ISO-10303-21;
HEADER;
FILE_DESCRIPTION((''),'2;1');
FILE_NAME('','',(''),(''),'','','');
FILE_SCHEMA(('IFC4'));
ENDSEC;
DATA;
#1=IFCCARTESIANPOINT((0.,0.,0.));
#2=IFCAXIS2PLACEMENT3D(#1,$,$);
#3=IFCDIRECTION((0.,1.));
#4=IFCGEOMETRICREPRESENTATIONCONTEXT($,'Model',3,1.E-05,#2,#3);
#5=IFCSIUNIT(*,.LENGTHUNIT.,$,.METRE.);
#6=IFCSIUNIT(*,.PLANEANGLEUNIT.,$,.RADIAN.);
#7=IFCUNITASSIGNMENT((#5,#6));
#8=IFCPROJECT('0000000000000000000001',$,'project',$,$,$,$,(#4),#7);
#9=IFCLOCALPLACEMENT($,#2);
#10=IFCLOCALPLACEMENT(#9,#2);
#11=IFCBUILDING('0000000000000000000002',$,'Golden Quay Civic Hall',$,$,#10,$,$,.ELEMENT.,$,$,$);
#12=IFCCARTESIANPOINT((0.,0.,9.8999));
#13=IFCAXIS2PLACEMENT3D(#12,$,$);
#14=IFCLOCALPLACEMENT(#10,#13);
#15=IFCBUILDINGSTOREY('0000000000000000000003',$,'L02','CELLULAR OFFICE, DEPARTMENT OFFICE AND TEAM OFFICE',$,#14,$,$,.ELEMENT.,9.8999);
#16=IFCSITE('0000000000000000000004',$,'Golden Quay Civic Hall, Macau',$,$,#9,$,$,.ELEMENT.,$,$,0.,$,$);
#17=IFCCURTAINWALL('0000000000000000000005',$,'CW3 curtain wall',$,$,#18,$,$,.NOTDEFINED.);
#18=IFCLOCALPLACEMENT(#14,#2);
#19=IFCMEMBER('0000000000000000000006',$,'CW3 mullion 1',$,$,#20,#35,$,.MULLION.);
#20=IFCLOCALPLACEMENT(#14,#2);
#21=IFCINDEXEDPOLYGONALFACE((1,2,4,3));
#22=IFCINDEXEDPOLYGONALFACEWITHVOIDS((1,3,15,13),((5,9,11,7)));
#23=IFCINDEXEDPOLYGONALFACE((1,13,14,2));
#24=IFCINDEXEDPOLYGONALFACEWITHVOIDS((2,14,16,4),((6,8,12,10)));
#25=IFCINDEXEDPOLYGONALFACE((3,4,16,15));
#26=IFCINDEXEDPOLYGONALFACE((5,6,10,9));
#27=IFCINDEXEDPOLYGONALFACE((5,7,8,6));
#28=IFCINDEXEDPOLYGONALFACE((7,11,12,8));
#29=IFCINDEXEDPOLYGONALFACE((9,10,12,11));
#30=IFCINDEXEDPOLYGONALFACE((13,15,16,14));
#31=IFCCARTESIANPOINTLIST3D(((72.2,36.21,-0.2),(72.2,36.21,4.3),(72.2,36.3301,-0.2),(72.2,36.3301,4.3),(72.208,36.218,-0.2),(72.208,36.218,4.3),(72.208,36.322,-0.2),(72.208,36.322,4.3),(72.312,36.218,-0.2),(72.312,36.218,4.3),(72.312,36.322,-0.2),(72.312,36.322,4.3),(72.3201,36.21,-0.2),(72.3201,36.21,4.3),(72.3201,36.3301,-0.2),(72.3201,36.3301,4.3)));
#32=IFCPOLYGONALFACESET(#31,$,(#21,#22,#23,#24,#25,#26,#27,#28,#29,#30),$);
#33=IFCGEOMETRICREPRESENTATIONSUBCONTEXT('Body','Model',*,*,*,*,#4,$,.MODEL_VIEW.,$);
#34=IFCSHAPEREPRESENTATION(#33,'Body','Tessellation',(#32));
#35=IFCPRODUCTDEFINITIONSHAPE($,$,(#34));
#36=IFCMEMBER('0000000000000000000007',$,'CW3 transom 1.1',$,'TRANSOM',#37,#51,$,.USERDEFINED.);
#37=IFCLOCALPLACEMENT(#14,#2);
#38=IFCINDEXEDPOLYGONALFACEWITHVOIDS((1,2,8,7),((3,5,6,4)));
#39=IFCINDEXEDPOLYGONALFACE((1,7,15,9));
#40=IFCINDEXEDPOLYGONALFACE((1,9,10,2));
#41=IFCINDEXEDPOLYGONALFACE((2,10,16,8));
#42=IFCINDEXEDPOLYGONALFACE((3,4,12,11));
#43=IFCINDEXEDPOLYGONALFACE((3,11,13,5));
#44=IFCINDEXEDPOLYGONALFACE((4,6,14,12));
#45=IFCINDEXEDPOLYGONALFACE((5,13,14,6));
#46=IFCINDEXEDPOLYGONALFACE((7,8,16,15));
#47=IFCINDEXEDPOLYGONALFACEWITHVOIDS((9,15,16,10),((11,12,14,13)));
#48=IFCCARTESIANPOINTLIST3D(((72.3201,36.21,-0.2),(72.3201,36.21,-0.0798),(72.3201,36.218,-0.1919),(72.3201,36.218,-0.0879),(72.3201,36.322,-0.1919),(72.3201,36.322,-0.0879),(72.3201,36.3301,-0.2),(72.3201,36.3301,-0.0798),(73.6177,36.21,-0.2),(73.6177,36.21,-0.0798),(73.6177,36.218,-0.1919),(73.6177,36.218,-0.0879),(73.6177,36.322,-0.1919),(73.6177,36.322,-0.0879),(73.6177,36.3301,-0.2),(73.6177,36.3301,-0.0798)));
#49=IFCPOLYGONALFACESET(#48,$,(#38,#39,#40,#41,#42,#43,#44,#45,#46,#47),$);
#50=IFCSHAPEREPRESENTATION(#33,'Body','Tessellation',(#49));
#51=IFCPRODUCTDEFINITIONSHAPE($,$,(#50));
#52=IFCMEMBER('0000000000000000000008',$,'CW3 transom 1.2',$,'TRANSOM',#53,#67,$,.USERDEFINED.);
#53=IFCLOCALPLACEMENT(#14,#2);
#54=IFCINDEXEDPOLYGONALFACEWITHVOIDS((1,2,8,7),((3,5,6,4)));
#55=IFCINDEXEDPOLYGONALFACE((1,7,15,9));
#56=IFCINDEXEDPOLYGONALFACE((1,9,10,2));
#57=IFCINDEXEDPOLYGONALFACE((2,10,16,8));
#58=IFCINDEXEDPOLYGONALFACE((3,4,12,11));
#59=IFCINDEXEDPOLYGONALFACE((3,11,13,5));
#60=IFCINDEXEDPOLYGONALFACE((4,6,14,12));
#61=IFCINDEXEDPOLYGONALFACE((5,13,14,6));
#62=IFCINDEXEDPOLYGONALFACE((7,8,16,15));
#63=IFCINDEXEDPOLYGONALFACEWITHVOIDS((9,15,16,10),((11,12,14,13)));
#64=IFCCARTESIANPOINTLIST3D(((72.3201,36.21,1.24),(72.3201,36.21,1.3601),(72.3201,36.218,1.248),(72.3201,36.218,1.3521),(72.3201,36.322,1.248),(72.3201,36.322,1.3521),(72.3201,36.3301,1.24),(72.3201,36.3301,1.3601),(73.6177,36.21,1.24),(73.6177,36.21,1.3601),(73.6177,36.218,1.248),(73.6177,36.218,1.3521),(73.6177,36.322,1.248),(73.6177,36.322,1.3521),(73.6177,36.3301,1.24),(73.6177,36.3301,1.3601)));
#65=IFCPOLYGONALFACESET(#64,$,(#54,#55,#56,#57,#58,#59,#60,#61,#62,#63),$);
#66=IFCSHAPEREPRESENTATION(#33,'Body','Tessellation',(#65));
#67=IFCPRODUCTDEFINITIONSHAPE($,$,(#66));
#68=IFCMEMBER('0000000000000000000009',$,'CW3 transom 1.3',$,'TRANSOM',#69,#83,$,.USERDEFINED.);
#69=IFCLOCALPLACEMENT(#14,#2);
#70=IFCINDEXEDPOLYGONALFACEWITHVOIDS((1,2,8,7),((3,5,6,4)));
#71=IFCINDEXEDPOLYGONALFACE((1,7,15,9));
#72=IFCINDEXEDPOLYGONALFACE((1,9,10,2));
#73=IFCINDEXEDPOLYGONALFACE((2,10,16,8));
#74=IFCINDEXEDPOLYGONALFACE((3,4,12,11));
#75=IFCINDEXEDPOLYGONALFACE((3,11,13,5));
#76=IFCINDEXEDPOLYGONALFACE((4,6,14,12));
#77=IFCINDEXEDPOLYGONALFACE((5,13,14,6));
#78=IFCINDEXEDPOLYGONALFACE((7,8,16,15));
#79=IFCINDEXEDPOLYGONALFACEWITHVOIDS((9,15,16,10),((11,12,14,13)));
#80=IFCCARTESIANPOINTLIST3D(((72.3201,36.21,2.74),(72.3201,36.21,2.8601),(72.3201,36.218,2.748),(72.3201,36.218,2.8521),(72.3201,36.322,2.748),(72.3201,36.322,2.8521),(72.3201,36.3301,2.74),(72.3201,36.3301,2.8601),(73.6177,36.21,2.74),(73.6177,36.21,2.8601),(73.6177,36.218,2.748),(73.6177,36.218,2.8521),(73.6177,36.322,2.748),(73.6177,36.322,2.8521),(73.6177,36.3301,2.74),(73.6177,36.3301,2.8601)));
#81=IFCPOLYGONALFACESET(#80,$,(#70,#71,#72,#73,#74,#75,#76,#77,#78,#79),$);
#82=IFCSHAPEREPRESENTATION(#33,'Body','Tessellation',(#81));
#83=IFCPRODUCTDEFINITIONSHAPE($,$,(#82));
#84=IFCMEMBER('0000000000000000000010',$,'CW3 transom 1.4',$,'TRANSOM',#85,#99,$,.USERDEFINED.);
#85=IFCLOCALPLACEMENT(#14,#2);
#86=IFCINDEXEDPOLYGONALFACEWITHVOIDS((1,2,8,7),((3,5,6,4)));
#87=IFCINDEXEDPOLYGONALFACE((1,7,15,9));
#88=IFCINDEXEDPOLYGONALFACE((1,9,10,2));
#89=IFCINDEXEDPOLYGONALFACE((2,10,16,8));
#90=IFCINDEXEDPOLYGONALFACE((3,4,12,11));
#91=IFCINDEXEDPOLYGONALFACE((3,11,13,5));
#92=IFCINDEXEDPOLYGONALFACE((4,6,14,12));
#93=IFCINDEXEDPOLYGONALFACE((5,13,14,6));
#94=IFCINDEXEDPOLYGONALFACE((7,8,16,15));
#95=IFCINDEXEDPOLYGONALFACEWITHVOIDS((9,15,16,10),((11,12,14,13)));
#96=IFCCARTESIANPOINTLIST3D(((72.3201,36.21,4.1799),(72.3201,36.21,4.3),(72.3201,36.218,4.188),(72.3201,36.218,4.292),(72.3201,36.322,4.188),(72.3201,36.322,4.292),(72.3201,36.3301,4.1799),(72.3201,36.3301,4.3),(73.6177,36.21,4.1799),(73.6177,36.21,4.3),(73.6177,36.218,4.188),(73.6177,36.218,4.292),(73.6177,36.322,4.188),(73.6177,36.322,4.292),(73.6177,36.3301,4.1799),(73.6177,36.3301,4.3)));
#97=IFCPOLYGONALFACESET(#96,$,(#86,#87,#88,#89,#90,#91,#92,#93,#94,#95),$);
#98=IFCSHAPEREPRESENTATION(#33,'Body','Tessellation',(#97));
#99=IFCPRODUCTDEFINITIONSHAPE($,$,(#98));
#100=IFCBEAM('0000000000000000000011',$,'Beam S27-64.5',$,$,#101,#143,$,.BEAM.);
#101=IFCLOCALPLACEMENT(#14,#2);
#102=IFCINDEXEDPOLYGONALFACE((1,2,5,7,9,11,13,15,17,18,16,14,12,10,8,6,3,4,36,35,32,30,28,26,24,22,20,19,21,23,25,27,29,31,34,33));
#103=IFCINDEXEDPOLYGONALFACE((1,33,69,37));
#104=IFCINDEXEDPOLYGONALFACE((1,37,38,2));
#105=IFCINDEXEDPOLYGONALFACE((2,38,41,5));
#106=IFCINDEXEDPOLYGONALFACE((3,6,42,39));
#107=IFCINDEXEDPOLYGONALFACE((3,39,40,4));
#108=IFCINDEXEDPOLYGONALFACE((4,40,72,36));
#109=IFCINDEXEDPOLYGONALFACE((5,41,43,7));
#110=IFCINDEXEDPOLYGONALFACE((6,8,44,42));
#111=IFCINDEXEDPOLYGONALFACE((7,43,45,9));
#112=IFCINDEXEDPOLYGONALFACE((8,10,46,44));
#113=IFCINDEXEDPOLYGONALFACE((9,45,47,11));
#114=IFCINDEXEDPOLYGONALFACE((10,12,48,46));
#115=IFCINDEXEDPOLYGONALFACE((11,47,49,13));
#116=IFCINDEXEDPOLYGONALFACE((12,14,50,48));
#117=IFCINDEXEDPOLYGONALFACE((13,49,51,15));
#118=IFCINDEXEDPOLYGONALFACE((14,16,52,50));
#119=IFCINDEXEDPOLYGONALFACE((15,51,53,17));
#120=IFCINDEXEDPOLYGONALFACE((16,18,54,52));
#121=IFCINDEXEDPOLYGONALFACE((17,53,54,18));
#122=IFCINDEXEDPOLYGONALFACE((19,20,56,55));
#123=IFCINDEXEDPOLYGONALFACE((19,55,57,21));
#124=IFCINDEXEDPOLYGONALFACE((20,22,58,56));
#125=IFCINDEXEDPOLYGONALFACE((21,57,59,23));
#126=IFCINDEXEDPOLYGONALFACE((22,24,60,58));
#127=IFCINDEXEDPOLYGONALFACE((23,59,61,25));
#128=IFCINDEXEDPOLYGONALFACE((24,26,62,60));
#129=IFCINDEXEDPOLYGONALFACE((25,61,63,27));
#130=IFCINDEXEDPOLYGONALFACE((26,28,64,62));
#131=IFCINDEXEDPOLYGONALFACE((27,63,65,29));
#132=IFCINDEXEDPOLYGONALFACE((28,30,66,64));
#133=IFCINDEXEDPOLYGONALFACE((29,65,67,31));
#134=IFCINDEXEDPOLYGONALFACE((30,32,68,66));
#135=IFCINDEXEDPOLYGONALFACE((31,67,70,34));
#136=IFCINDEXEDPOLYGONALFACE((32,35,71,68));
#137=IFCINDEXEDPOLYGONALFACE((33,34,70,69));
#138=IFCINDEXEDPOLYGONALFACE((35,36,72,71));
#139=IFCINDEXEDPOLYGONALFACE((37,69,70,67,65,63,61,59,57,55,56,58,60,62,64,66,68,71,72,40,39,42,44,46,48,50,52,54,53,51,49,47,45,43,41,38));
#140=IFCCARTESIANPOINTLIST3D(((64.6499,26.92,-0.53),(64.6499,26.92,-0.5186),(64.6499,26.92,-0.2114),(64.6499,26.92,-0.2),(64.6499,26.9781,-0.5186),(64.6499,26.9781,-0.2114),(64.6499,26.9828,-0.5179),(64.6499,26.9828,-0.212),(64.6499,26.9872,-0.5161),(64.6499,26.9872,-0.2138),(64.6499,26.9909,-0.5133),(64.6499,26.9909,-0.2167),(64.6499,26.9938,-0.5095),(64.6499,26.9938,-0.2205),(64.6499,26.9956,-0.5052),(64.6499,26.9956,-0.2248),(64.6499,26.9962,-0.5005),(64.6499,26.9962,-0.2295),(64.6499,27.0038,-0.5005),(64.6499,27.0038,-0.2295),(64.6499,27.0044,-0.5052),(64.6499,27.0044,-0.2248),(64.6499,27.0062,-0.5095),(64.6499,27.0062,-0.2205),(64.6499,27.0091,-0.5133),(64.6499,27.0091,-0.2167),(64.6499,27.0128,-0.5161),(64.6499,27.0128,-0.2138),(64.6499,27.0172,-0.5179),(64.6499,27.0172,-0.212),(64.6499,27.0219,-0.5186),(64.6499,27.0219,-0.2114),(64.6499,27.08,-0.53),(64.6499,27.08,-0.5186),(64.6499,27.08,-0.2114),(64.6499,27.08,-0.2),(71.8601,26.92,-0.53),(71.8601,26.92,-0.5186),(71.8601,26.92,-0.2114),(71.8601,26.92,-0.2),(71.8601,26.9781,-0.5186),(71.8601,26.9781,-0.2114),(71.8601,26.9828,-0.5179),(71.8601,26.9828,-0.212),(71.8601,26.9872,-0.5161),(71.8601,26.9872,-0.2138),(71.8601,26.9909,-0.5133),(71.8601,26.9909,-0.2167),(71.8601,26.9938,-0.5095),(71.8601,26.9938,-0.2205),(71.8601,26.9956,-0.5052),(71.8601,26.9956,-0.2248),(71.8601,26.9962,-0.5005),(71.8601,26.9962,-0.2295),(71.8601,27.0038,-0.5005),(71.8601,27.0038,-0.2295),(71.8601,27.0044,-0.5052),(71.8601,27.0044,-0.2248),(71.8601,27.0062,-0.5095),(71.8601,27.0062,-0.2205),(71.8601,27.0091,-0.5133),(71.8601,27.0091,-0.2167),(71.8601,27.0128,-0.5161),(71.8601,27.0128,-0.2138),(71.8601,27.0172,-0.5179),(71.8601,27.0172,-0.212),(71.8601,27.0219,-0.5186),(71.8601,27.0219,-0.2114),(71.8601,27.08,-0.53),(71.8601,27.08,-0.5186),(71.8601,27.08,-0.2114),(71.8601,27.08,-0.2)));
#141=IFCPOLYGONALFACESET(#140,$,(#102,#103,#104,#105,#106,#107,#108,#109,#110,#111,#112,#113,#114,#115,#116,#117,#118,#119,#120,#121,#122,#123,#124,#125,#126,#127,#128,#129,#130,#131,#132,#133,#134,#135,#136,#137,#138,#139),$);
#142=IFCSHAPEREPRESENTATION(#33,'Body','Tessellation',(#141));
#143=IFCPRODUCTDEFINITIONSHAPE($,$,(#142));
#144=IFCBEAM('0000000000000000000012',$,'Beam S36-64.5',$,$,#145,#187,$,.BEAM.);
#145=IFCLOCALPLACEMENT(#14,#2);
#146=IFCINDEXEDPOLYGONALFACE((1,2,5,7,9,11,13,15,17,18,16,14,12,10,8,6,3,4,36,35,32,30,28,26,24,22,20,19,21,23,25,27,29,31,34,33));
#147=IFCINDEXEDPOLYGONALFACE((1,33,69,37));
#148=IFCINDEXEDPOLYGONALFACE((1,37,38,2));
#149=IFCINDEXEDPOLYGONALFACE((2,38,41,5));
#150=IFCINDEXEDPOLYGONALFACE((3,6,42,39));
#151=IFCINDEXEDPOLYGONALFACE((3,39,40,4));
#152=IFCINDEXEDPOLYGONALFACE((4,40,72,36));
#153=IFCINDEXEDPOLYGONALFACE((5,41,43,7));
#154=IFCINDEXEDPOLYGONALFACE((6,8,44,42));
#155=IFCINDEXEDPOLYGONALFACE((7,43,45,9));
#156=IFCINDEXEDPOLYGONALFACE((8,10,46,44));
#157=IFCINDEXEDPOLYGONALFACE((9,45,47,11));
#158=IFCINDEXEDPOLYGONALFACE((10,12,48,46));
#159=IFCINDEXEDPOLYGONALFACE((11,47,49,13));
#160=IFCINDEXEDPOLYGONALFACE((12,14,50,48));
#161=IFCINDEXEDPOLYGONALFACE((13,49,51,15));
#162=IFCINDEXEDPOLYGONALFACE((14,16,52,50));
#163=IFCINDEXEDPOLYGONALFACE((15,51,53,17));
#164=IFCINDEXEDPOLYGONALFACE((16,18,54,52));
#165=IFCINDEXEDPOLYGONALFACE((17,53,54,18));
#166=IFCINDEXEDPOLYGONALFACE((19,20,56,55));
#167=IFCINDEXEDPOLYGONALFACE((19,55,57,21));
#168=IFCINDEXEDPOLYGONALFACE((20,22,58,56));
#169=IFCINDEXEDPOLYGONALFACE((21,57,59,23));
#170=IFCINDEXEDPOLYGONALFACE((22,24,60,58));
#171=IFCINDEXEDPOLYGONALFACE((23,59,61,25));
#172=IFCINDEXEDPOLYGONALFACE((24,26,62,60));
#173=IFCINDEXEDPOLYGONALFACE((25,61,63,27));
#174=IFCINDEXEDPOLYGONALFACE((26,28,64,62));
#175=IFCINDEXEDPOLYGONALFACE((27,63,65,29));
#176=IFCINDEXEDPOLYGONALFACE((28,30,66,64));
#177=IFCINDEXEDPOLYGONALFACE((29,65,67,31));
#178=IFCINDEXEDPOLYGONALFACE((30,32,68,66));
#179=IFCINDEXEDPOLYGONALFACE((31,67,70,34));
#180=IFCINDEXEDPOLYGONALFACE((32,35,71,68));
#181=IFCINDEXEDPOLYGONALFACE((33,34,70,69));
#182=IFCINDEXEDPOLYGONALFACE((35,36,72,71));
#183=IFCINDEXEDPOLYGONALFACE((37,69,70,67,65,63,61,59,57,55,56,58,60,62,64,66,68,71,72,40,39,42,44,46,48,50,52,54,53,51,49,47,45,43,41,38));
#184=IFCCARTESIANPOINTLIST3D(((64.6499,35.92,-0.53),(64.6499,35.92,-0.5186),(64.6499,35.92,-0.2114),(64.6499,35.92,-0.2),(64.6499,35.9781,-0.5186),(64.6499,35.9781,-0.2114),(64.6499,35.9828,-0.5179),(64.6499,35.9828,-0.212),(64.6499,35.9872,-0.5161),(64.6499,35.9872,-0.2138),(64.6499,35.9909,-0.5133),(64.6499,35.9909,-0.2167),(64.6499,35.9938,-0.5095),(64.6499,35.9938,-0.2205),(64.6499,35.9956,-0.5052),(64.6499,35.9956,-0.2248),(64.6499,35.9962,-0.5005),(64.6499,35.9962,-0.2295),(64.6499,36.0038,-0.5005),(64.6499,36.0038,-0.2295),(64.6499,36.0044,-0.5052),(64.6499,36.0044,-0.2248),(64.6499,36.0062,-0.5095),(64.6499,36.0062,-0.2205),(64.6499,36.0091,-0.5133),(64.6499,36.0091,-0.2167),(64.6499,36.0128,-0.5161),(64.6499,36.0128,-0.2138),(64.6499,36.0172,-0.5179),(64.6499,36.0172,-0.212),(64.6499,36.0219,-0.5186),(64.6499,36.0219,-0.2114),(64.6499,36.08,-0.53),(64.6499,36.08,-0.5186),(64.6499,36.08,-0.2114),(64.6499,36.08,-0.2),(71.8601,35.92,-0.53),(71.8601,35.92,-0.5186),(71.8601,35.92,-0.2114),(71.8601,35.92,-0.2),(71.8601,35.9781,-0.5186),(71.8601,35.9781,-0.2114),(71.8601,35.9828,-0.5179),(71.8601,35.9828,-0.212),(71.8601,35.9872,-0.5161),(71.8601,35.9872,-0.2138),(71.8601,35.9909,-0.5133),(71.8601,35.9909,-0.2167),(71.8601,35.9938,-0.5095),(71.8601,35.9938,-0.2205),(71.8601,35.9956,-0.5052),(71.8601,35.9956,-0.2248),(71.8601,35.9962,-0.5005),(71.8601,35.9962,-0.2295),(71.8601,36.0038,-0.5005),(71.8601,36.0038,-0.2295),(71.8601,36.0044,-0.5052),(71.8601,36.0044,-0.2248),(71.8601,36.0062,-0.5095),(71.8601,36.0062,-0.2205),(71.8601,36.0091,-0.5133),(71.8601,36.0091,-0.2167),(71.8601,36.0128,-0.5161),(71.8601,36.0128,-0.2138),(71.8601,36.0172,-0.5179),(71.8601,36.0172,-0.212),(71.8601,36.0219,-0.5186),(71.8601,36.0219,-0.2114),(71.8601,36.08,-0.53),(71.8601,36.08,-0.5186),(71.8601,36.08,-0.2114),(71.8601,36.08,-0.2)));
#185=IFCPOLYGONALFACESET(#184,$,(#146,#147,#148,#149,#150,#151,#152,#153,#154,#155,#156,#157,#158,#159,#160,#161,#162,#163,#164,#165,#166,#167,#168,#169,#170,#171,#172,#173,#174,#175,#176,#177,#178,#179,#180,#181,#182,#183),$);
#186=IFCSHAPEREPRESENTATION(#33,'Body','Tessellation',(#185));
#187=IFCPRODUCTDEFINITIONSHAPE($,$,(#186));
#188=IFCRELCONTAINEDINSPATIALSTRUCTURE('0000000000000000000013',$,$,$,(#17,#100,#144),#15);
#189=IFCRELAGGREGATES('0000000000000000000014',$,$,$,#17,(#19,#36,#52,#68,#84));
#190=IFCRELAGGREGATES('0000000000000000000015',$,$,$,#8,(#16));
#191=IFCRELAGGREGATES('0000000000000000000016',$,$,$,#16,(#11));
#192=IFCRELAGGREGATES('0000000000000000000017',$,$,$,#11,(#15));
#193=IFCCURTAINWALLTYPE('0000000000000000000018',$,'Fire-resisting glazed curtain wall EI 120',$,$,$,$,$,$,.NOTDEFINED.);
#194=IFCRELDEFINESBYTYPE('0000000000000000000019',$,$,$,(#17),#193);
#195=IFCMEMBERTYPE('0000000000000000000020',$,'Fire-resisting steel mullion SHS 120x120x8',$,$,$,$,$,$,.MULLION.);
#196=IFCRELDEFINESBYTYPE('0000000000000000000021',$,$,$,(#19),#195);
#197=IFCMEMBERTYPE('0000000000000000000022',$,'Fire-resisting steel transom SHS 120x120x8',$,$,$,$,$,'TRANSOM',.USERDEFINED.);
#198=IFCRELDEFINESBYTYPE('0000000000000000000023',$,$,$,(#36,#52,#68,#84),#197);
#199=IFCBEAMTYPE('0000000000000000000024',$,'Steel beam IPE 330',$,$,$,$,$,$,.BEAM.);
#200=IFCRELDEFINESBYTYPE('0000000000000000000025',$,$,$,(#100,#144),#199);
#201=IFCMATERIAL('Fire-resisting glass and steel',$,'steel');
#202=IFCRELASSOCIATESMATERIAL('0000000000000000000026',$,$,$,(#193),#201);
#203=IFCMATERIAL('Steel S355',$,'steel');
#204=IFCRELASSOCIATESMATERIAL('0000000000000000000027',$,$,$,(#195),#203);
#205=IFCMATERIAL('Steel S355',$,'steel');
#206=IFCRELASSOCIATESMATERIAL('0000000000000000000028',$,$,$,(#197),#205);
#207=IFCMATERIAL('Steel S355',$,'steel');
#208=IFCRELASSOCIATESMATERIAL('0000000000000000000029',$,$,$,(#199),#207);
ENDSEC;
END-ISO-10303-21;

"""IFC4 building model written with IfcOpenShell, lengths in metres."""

from ifc_helpers import new_model, si_unit, direction, frame, origin, origin_2d, place, context, subcontext, project, spatial, hollow_rectangle, i_section, extrude, material, material_profile, profile_set, type_object, element, aggregate, save


model = new_model("IFC4")

# Units and contexts
model_context = context("Model", 3, precision=1e-05, world=origin(), true_north=direction((0.0, 1.0)))
body_context = subcontext(model_context, "Body", "Model", "MODEL_VIEW")
ifc_project = project(units=[si_unit("LENGTHUNIT", "METRE"), si_unit("PLANEANGLEUNIT", "RADIAN")], contexts=[model_context])

# Site, building, storey
site_placement = place(None, origin())
site = spatial("IfcSite", under=ifc_project, at=site_placement, Name="Golden Quay Civic Hall, Macau", CompositionType="ELEMENT", RefElevation=0.0)
building_placement = place(site_placement, origin())
building = spatial("IfcBuilding", under=site, at=building_placement, Name="Golden Quay Civic Hall", CompositionType="ELEMENT")
storey_placement = place(building_placement, frame((0.0, 0.0, 9.8999)))
storey = spatial("IfcBuildingStorey", under=building, at=storey_placement, Name="L02", Description="CELLULAR OFFICE, DEPARTMENT OFFICE AND TEAM OFFICE", CompositionType="ELEMENT", Elevation=9.8999)

# Curtain wall, members
ifc_material_1 = material(Name="Fire-resisting glass and steel", Category="steel")
curtain_wall_type = type_object("IfcCurtainWallType", Name="Fire-resisting glazed curtain wall EI 120", PredefinedType="NOTDEFINED", material=ifc_material_1)
curtain_wall_placement = place(storey_placement, origin())
curtain_wall = element("IfcCurtainWall", 1, at=curtain_wall_placement, inside=storey, type_object=curtain_wall_type, Name="CW3 curtain wall", PredefinedType="NOTDEFINED")
ifc_material_2 = material(Name="Steel S355", Category="steel")
ifc_material_profile_1 = material_profile(ifc_material_2, hollow_rectangle(XDim=0.1201, YDim=0.1201, WallThickness=0.0081, at=origin_2d()), Name="SHS 120x120x8")
ifc_profile_set_1 = profile_set([ifc_material_profile_1], Name="Steel S355")
member_type_1 = type_object("IfcMemberType", Name="Fire-resisting steel mullion SHS 120x120x8", PredefinedType="MULLION", material=ifc_profile_set_1)
member_1_placement = place(storey_placement, frame((72.26, 36.27, -0.2), z_axis=(0.0, 0.0, 1.0), x_axis=(0.0, 1.0, 0.0)))
member_1 = element("IfcMember", 2, at=member_1_placement, type_object=member_type_1, Name="CW3 mullion 1", PredefinedType="MULLION", context=body_context, shape_type="SweptSolid", body=[
    extrude(hollow_rectangle(XDim=0.1201, YDim=0.1201, WallThickness=0.0081, at=origin_2d()), origin(), (0.0, 0.0, 1.0), 4.5),
])
ifc_material_3 = material(Name="Steel S355", Category="steel")
ifc_material_profile_2 = material_profile(ifc_material_3, hollow_rectangle(XDim=0.1201, YDim=0.1201, WallThickness=0.0081, at=origin_2d()), Name="SHS 120x120x8")
ifc_profile_set_2 = profile_set([ifc_material_profile_2], Name="Steel S355")
member_type_2 = type_object("IfcMemberType", Name="Fire-resisting steel transom SHS 120x120x8", ElementType="TRANSOM", PredefinedType="USERDEFINED", material=ifc_profile_set_2)
member_2_placement = place(storey_placement, frame((72.3201, 36.27, -0.1399), z_axis=(1.0, 0.0, 0.0), x_axis=(0.0, 1.0, 0.0)))
member_2 = element("IfcMember", 3, at=member_2_placement, type_object=member_type_2, Name="CW3 transom 1.1", ObjectType="TRANSOM", PredefinedType="USERDEFINED", context=body_context, shape_type="SweptSolid", body=[
    extrude(hollow_rectangle(XDim=0.1201, YDim=0.1201, WallThickness=0.0081, at=origin_2d()), origin(), (0.0, 0.0, 1.0), 1.2976),
])
member_3_placement = place(storey_placement, frame((72.3201, 36.27, 1.3), z_axis=(1.0, 0.0, 0.0), x_axis=(0.0, 1.0, 0.0)))
member_3 = element("IfcMember", 4, at=member_3_placement, type_object=member_type_2, Name="CW3 transom 1.2", ObjectType="TRANSOM", PredefinedType="USERDEFINED", context=body_context, shape_type="SweptSolid", body=[
    extrude(hollow_rectangle(XDim=0.1201, YDim=0.1201, WallThickness=0.0081, at=origin_2d()), origin(), (0.0, 0.0, 1.0), 1.2976),
])
member_4_placement = place(storey_placement, frame((72.3201, 36.27, 2.8), z_axis=(1.0, 0.0, 0.0), x_axis=(0.0, 1.0, 0.0)))
member_4 = element("IfcMember", 5, at=member_4_placement, type_object=member_type_2, Name="CW3 transom 1.3", ObjectType="TRANSOM", PredefinedType="USERDEFINED", context=body_context, shape_type="SweptSolid", body=[
    extrude(hollow_rectangle(XDim=0.1201, YDim=0.1201, WallThickness=0.0081, at=origin_2d()), origin(), (0.0, 0.0, 1.0), 1.2976),
])
member_5_placement = place(storey_placement, frame((72.3201, 36.27, 4.24), z_axis=(1.0, 0.0, 0.0), x_axis=(0.0, 1.0, 0.0)))
member_5 = element("IfcMember", 6, at=member_5_placement, type_object=member_type_2, Name="CW3 transom 1.4", ObjectType="TRANSOM", PredefinedType="USERDEFINED", context=body_context, shape_type="SweptSolid", body=[
    extrude(hollow_rectangle(XDim=0.1201, YDim=0.1201, WallThickness=0.0081, at=origin_2d()), origin(), (0.0, 0.0, 1.0), 1.2976),
])

# Beams
ifc_material_4 = material(Name="Steel S355", Category="steel")
ifc_material_profile_3 = material_profile(ifc_material_4, i_section(OverallWidth=0.1599, OverallDepth=0.3301, WebThickness=0.0076, FlangeThickness=0.0115, FilletRadius=0.0181, at=origin_2d()), Name="IPE 330")
ifc_profile_set_3 = profile_set([ifc_material_profile_3], Name="Steel S355")
beam_type_1 = type_object("IfcBeamType", Name="Steel beam IPE 330", PredefinedType="BEAM", material=ifc_profile_set_3)
for number, where, z_axis, x_axis, name in (
    (7, (64.6499, 27.0, -0.365), (1.0, 0.0, 0.0), (0.0, 1.0, 0.0), "Beam S27-64.5"),
    (8, (64.6499, 36.0, -0.365), (1.0, 0.0, 0.0), (0.0, 1.0, 0.0), "Beam S36-64.5"),
):
    element("IfcBeam", number, at=place(storey_placement, frame(where, z_axis=z_axis, x_axis=x_axis)), inside=storey, type_object=beam_type_1, Name=name, PredefinedType="BEAM", context=body_context, shape_type="SweptSolid", body=[
        extrude(i_section(OverallWidth=0.1599, OverallDepth=0.3301, WebThickness=0.0076, FlangeThickness=0.0115, FilletRadius=0.0181, at=origin_2d()), origin(), (0.0, 0.0, 1.0), 7.2102),
    ])

aggregate(curtain_wall, [member_1, member_2, member_3, member_4, member_5])

save(model, "model.ifc")
